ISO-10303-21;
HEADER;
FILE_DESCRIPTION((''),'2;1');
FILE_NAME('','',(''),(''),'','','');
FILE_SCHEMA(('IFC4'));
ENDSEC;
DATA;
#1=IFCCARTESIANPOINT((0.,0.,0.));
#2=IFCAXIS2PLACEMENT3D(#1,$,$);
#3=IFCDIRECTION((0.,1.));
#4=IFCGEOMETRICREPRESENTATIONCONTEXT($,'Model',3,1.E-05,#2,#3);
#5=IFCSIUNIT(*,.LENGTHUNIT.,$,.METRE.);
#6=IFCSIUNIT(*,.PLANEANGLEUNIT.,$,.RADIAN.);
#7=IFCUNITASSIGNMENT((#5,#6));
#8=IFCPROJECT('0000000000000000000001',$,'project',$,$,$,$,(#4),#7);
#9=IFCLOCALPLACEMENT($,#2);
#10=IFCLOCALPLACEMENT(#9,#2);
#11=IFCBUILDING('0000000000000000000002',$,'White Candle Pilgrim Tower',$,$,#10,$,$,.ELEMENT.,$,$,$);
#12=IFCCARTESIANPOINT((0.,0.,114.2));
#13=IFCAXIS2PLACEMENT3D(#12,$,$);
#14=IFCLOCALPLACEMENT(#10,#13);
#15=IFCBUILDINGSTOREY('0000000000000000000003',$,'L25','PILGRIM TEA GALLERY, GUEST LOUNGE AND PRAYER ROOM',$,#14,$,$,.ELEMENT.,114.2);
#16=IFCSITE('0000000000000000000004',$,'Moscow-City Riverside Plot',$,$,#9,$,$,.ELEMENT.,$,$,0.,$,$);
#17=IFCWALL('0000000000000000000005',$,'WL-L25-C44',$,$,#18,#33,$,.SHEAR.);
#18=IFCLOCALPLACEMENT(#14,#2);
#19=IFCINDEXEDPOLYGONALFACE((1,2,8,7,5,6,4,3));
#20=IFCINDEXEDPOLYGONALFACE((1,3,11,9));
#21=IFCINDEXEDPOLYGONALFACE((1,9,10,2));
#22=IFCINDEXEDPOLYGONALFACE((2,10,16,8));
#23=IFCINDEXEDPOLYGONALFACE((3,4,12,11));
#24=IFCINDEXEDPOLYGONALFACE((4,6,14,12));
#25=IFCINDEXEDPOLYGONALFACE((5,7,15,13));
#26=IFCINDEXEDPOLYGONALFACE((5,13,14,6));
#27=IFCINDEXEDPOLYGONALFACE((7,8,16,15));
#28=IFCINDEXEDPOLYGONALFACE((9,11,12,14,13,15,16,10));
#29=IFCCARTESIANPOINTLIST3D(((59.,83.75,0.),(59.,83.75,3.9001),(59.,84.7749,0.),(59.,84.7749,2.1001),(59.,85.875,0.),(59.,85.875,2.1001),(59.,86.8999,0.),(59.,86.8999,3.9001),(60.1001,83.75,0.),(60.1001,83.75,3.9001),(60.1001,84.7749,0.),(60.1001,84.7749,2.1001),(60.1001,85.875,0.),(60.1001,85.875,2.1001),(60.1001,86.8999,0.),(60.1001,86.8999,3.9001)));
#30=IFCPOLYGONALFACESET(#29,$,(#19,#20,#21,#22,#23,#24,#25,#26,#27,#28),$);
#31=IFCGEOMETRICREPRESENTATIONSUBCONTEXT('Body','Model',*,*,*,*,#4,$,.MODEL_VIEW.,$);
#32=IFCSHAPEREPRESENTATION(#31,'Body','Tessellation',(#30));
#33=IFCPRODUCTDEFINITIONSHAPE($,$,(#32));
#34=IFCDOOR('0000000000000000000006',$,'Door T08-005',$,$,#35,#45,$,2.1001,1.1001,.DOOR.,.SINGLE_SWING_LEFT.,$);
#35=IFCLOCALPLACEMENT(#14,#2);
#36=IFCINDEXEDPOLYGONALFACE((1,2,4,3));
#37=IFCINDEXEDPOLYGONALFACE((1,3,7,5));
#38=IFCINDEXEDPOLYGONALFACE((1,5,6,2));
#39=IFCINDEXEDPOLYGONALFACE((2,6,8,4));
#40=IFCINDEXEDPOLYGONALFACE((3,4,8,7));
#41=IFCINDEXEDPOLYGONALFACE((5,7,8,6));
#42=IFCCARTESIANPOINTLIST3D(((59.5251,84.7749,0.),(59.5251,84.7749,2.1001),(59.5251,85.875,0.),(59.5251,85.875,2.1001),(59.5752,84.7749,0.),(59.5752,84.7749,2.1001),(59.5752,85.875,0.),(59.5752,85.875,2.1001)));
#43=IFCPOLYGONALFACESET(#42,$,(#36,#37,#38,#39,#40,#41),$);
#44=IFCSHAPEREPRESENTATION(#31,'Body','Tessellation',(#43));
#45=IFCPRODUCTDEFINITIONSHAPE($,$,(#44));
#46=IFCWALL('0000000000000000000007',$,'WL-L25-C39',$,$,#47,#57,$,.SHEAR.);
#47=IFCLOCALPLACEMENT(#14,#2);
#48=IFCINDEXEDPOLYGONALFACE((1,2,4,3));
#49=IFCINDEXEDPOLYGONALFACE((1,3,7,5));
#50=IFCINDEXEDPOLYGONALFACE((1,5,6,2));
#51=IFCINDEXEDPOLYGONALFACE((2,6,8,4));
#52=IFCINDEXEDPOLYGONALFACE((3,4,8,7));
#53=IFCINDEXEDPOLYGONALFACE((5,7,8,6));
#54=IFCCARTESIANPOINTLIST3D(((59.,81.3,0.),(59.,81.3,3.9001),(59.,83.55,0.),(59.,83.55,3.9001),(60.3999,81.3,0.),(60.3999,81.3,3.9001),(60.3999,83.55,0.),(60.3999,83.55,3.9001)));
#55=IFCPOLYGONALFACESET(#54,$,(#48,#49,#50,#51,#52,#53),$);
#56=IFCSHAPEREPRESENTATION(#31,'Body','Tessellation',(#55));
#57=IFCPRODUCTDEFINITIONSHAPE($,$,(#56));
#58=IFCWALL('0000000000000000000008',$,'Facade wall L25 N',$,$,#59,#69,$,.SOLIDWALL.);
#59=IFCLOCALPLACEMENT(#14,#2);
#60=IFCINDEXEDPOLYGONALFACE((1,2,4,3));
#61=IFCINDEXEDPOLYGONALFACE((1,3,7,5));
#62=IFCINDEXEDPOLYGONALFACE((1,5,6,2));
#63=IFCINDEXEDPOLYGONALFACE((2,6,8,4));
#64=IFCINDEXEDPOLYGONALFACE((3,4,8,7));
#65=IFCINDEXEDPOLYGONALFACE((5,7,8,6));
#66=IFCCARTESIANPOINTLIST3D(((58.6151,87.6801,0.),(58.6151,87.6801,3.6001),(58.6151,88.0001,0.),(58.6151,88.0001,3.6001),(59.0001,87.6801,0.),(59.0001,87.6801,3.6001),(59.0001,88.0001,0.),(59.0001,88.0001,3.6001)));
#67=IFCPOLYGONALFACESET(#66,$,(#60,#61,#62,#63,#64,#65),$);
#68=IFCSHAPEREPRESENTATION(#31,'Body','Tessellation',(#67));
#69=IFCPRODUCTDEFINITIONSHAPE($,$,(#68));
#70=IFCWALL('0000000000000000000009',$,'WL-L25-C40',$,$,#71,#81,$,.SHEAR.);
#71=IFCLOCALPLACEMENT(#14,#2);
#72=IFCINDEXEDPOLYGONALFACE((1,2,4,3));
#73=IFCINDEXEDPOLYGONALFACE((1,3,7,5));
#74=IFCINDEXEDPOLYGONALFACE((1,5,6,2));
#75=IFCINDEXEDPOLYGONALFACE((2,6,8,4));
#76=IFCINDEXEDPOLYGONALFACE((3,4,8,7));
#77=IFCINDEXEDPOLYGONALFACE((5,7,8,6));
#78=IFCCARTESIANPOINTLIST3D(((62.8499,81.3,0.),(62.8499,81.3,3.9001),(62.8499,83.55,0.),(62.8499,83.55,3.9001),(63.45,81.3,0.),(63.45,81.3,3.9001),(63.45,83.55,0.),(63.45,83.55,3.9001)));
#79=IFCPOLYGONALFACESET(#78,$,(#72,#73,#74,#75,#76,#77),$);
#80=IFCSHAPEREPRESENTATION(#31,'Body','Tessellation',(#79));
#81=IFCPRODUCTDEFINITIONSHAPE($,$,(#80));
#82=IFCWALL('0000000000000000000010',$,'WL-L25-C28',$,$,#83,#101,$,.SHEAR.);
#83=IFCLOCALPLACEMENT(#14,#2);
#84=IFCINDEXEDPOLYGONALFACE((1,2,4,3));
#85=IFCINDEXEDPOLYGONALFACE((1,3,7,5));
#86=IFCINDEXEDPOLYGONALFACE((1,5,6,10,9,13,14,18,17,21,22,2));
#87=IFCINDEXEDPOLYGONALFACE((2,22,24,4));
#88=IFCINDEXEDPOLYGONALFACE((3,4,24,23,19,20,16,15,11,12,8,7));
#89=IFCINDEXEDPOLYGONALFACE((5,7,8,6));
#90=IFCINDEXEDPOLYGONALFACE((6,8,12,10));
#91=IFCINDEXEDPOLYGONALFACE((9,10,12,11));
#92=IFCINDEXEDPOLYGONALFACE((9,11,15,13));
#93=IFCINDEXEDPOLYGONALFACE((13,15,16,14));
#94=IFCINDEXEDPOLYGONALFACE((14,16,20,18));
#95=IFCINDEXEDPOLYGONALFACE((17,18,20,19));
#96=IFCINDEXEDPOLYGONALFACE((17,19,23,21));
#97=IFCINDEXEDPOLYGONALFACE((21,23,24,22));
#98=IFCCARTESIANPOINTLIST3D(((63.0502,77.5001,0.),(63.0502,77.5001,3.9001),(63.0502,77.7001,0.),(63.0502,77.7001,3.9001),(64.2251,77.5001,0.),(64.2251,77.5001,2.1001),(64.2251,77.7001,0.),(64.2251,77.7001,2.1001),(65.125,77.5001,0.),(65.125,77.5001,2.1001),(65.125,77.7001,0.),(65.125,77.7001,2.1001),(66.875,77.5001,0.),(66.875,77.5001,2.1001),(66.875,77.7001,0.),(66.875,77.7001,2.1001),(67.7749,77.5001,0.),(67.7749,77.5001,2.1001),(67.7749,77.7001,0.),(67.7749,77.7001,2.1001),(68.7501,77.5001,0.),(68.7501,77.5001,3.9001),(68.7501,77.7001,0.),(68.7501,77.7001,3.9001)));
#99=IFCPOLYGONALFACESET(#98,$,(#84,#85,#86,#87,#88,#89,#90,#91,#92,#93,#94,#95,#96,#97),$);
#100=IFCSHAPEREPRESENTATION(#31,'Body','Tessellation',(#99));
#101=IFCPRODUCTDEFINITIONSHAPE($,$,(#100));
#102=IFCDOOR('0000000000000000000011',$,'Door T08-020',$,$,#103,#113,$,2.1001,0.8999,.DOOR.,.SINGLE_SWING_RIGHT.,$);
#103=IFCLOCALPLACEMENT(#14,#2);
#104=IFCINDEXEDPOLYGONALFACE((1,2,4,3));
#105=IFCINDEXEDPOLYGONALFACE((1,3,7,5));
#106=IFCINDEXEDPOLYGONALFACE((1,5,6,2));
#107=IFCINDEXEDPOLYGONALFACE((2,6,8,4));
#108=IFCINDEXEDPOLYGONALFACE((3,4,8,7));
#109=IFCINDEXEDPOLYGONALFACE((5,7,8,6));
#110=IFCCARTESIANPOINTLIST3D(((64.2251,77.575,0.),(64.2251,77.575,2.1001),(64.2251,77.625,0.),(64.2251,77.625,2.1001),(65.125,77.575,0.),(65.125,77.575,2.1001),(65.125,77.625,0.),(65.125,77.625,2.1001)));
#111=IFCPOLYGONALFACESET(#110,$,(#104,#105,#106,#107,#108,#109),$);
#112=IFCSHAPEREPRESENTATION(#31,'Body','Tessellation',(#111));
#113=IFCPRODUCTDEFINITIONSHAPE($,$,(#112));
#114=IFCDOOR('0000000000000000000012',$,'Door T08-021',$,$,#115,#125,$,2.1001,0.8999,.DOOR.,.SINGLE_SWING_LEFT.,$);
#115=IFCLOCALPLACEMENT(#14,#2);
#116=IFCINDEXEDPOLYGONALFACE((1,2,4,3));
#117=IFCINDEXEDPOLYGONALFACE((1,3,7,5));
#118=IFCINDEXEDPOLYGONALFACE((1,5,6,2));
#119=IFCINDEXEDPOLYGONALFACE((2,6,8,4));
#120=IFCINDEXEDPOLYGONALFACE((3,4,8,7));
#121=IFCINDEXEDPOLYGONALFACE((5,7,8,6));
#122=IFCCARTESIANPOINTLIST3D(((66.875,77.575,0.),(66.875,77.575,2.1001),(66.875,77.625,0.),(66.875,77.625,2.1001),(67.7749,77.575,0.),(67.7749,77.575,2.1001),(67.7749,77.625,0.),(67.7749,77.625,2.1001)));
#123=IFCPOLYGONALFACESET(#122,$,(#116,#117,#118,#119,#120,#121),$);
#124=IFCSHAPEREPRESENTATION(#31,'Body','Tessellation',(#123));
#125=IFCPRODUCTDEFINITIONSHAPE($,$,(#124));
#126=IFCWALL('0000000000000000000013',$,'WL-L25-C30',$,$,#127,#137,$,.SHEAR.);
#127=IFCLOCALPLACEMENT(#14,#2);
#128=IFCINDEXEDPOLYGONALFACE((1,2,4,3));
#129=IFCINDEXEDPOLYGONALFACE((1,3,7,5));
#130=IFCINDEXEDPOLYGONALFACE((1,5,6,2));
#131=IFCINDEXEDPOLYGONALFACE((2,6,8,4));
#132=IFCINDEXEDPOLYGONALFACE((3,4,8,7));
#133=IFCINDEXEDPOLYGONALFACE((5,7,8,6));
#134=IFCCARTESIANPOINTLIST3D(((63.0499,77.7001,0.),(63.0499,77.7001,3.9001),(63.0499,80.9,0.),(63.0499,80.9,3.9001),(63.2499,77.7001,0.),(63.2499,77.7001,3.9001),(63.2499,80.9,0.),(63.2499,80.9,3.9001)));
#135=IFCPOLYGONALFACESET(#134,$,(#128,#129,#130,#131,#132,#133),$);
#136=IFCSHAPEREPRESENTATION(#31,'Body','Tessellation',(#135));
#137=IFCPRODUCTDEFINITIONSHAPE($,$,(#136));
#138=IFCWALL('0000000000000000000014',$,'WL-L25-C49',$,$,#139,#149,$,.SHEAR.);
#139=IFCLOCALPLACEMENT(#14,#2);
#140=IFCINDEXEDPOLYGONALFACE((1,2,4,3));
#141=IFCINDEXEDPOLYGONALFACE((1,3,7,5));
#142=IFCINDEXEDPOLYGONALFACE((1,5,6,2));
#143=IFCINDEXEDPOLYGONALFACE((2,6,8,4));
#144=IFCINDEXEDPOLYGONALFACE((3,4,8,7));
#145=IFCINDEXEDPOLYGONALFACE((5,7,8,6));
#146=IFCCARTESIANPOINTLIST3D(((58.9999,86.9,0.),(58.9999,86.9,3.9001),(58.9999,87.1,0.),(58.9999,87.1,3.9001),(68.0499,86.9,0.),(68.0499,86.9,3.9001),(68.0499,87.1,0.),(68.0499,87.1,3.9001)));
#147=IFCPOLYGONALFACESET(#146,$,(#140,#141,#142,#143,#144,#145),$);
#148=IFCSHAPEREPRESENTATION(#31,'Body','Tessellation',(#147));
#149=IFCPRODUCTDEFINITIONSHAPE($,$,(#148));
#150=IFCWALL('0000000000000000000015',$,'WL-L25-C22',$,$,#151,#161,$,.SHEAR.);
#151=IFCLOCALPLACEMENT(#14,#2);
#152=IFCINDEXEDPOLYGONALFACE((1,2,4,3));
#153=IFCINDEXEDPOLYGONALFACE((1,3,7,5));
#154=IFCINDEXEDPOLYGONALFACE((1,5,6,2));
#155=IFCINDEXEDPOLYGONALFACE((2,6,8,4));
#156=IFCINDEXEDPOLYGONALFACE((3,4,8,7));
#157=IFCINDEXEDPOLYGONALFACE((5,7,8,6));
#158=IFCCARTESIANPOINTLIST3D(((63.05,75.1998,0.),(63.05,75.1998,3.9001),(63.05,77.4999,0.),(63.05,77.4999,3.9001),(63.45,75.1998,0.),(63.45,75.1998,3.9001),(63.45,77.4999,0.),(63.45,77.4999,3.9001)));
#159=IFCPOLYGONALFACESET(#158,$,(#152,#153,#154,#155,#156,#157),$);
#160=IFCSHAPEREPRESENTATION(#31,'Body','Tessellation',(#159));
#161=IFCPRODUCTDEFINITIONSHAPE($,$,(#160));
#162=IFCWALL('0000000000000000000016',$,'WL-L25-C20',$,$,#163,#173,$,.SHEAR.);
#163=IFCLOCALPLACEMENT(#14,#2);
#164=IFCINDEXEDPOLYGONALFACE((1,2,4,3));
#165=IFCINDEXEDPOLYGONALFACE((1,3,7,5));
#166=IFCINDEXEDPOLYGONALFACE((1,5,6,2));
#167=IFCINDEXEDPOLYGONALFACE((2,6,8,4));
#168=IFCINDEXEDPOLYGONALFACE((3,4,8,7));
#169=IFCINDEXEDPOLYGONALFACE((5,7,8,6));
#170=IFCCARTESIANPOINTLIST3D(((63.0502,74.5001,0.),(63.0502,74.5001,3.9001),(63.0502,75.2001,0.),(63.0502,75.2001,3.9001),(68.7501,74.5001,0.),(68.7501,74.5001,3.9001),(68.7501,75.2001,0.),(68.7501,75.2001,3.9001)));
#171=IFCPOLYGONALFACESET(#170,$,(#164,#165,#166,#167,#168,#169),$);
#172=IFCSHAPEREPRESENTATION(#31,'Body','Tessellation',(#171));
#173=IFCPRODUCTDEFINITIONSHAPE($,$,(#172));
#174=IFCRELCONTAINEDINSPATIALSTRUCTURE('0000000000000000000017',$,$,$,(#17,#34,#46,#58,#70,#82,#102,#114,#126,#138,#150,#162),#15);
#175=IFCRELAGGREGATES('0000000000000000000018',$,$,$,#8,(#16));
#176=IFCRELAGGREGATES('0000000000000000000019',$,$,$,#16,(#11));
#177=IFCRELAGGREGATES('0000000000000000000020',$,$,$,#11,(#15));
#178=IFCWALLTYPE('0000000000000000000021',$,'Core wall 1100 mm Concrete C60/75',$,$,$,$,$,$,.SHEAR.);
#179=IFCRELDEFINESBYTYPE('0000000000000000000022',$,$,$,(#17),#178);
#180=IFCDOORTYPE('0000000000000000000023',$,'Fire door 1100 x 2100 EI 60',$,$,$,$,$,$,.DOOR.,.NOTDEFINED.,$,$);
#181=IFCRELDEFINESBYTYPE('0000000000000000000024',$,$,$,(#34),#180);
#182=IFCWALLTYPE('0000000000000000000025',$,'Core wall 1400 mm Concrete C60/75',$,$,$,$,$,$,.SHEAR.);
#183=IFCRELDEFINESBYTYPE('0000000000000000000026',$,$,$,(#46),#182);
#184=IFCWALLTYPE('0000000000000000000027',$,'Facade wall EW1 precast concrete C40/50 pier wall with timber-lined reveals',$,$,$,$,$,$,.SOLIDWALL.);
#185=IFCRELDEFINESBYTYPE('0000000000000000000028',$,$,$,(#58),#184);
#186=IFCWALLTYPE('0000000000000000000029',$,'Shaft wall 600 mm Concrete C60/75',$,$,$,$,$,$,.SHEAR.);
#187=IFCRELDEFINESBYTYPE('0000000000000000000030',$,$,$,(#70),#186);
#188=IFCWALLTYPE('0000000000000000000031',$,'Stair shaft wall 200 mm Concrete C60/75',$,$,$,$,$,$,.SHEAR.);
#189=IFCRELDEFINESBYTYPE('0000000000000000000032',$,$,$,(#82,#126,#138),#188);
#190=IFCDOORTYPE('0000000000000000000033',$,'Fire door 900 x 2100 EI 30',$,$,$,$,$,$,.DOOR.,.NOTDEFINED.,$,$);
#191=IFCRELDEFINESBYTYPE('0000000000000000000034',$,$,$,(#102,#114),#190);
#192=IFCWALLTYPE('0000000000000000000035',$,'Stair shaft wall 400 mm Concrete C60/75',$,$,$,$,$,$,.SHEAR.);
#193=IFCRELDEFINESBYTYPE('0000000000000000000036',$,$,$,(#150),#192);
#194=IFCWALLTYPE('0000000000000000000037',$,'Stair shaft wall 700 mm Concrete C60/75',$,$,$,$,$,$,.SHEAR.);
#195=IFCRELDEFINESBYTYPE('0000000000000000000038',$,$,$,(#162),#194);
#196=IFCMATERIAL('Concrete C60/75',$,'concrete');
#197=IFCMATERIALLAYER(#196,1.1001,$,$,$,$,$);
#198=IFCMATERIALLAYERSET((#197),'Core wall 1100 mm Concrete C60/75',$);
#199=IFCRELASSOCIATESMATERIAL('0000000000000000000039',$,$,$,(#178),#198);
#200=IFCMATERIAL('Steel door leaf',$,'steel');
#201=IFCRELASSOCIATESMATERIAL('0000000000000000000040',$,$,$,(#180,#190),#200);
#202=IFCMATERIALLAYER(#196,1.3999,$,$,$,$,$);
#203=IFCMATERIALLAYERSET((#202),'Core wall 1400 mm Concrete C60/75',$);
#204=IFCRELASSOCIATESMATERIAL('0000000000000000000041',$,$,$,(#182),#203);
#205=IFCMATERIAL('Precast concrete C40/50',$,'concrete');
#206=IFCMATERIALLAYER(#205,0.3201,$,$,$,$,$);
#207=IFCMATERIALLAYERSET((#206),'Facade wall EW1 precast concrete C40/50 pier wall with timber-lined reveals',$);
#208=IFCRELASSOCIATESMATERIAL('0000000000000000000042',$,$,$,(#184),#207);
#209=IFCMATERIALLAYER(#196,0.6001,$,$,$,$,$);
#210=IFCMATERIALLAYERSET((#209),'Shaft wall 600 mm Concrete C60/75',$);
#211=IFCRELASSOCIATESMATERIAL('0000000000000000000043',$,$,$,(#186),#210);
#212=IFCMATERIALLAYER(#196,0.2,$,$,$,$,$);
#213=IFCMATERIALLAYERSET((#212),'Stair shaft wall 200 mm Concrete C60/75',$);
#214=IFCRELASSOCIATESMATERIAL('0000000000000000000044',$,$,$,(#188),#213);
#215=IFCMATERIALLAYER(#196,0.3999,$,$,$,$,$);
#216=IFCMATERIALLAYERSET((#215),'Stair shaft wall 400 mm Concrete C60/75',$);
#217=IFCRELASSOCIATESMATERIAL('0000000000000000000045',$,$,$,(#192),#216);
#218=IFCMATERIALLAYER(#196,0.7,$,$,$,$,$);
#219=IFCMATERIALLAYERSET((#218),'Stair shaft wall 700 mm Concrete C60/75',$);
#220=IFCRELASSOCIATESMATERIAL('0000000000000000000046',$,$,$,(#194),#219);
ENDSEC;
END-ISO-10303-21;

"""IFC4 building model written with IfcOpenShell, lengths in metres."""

from ifc_helpers import new_model, si_unit, direction, frame, frame_2d, origin, place, context, subcontext, project, spatial, rectangle, extrude, material, layer, layer_set, type_object, element, fill, save


model = new_model("IFC4")

# Units and contexts
model_context = context("Model", 3, precision=1e-05, world=origin(), true_north=direction((0.0, 1.0)))
body_context = subcontext(model_context, "Body", "Model", "MODEL_VIEW")
ifc_project = project(units=[si_unit("LENGTHUNIT", "METRE"), si_unit("PLANEANGLEUNIT", "RADIAN")], contexts=[model_context])

# Site, building, storey
site_placement = place(None, origin())
site = spatial("IfcSite", under=ifc_project, at=site_placement, Name="Moscow-City Riverside Plot", CompositionType="ELEMENT", RefElevation=0.0)
building_placement = place(site_placement, origin())
building = spatial("IfcBuilding", under=site, at=building_placement, Name="White Candle Pilgrim Tower", CompositionType="ELEMENT")
storey_placement = place(building_placement, frame((0.0, 0.0, 114.2)))
storey = spatial("IfcBuildingStorey", under=building, at=storey_placement, Name="L25", Description="PILGRIM TEA GALLERY, GUEST LOUNGE AND PRAYER ROOM", CompositionType="ELEMENT", Elevation=114.2)

# Wall, opening, door
ifc_material_1 = material(Name="Concrete C60/75", Category="concrete")
ifc_layer_1 = layer(ifc_material_1, 1.1001)
ifc_layer_set_1 = layer_set([ifc_layer_1], Name="Core wall 1100 mm Concrete C60/75")
wall_type_1 = type_object("IfcWallType", Name="Core wall 1100 mm Concrete C60/75", PredefinedType="SHEAR", material=ifc_layer_set_1)
wall_1_placement = place(storey_placement, frame((59.55, 83.75, 0.0), z_axis=(0.0, 0.0, 1.0), x_axis=(0.0, 1.0, 0.0)))
wall_1 = element("IfcWall", 1, at=wall_1_placement, inside=storey, type_object=wall_type_1, Name="WL-L25-C44", PredefinedType="SHEAR", context=body_context, shape_type="SweptSolid", body=[
    extrude(rectangle(XDim=3.1499, YDim=1.1001, at=frame_2d((1.575, 0.0))), origin(), (0.0, 0.0, 1.0), 3.9001),
])
opening_1_placement = place(wall_1_placement, frame((1.0249, 0.0, 0.0)))
opening_1 = element("IfcOpeningElement", 2, at=opening_1_placement, cuts=wall_1, PredefinedType="OPENING", context=body_context, shape_type="SweptSolid", body=[
    extrude(rectangle(XDim=1.1001, YDim=2.1001, at=frame_2d((0.55, 1.05))), frame((0.0, 0.5601, 0.0), z_axis=(0.0, -1.0, 0.0), x_axis=(1.0, 0.0, 0.0)), (0.0, 0.0, 1.0), 1.1201),
])
ifc_material_2 = material(Name="Steel door leaf", Category="steel")
door_type_1 = type_object("IfcDoorType", Name="Fire door 1100 x 2100 EI 60", OperationType="NOTDEFINED", PredefinedType="DOOR", material=ifc_material_2)
door_1_placement = place(opening_1_placement, origin())
door_1 = element("IfcDoor", 3, at=door_1_placement, inside=storey, type_object=door_type_1, Name="Door T08-005", OperationType="SINGLE_SWING_LEFT", OverallHeight=2.1001, OverallWidth=1.1001, PredefinedType="DOOR", context=body_context, shape_type="SweptSolid", body=[
    extrude(rectangle(XDim=1.1001, YDim=2.1001, at=frame_2d((0.55, 1.05))), frame((0.0, 0.0249, 0.0), z_axis=(0.0, -1.0, 0.0), x_axis=(1.0, 0.0, 0.0)), (0.0, 0.0, 1.0), 0.05),
])
fill(opening_1, door_1)

# Walls
ifc_layer_2 = layer(ifc_material_1, 1.3999)
ifc_layer_set_2 = layer_set([ifc_layer_2], Name="Core wall 1400 mm Concrete C60/75")
wall_type_2 = type_object("IfcWallType", Name="Core wall 1400 mm Concrete C60/75", PredefinedType="SHEAR", material=ifc_layer_set_2)
wall_2_placement = place(storey_placement, frame((59.7, 81.3, 0.0), z_axis=(0.0, 0.0, 1.0), x_axis=(0.0, 1.0, 0.0)))
element("IfcWall", 4, at=wall_2_placement, inside=storey, type_object=wall_type_2, Name="WL-L25-C39", PredefinedType="SHEAR", context=body_context, shape_type="SweptSolid", body=[
    extrude(rectangle(XDim=2.25, YDim=1.3999, at=frame_2d((1.125, 0.0))), origin(), (0.0, 0.0, 1.0), 3.9001),
])
ifc_material_3 = material(Name="Precast concrete C40/50", Category="concrete")
ifc_layer_3 = layer(ifc_material_3, 0.3201)
ifc_layer_set_3 = layer_set([ifc_layer_3], Name="Facade wall EW1 precast concrete C40/50 pier wall with timber-lined reveals")
wall_type_3 = type_object("IfcWallType", Name="Facade wall EW1 precast concrete C40/50 pier wall with timber-lined reveals", PredefinedType="SOLIDWALL", material=ifc_layer_set_3)
wall_3_placement = place(storey_placement, frame((59.0, 87.8401, 0.0), z_axis=(0.0, 0.0, 1.0), x_axis=(-1.0, 0.0, 0.0)))
element("IfcWall", 5, at=wall_3_placement, inside=storey, type_object=wall_type_3, Name="Facade wall L25 N", PredefinedType="SOLIDWALL", context=body_context, shape_type="SweptSolid", body=[
    extrude(rectangle(XDim=0.385, YDim=0.3201, at=frame_2d((0.1924, 0.0))), origin(), (0.0, 0.0, 1.0), 3.6001),
])
ifc_layer_4 = layer(ifc_material_1, 0.6001)
ifc_layer_set_4 = layer_set([ifc_layer_4], Name="Shaft wall 600 mm Concrete C60/75")
wall_type_4 = type_object("IfcWallType", Name="Shaft wall 600 mm Concrete C60/75", PredefinedType="SHEAR", material=ifc_layer_set_4)
wall_4_placement = place(storey_placement, frame((63.1499, 81.3, 0.0), z_axis=(0.0, 0.0, 1.0), x_axis=(0.0, 1.0, 0.0)))
element("IfcWall", 6, at=wall_4_placement, inside=storey, type_object=wall_type_4, Name="WL-L25-C40", PredefinedType="SHEAR", context=body_context, shape_type="SweptSolid", body=[
    extrude(rectangle(XDim=2.25, YDim=0.6001, at=frame_2d((1.125, 0.0))), origin(), (0.0, 0.0, 1.0), 3.9001),
])

# Wall, openings, doors
ifc_layer_5 = layer(ifc_material_1, 0.2)
ifc_layer_set_5 = layer_set([ifc_layer_5], Name="Stair shaft wall 200 mm Concrete C60/75")
wall_type_5 = type_object("IfcWallType", Name="Stair shaft wall 200 mm Concrete C60/75", PredefinedType="SHEAR", material=ifc_layer_set_5)
wall_5_placement = place(storey_placement, frame((63.05, 77.6001, 0.0), z_axis=(0.0, 0.0, 1.0), x_axis=(1.0, 0.0, 0.0)))
wall_5 = element("IfcWall", 7, at=wall_5_placement, inside=storey, type_object=wall_type_5, Name="WL-L25-C28", PredefinedType="SHEAR", context=body_context, shape_type="SweptSolid", body=[
    extrude(rectangle(XDim=5.7, YDim=0.2, at=frame_2d((2.8501, 0.0))), origin(), (0.0, 0.0, 1.0), 3.9001),
])
opening_2_placement = place(wall_5_placement, frame((1.175, 0.0, 0.0)))
opening_2 = element("IfcOpeningElement", 8, at=opening_2_placement, cuts=wall_5, PredefinedType="OPENING", context=body_context, shape_type="SweptSolid", body=[
    extrude(rectangle(XDim=0.8999, YDim=2.1001, at=frame_2d((0.45, 1.05))), frame((0.0, 0.1099, 0.0), z_axis=(0.0, -1.0, 0.0), x_axis=(1.0, 0.0, 0.0)), (0.0, 0.0, 1.0), 0.22),
])
opening_3_placement = place(wall_5_placement, frame((3.825, 0.0, 0.0)))
opening_3 = element("IfcOpeningElement", 9, at=opening_3_placement, cuts=wall_5, PredefinedType="OPENING", context=body_context, shape_type="SweptSolid", body=[
    extrude(rectangle(XDim=0.8999, YDim=2.1001, at=frame_2d((0.45, 1.05))), frame((0.0, 0.1099, 0.0), z_axis=(0.0, -1.0, 0.0), x_axis=(1.0, 0.0, 0.0)), (0.0, 0.0, 1.0), 0.22),
])
door_type_2 = type_object("IfcDoorType", Name="Fire door 900 x 2100 EI 30", OperationType="NOTDEFINED", PredefinedType="DOOR", material=ifc_material_2)
door_2_placement = place(opening_2_placement, origin())
door_2 = element("IfcDoor", 10, at=door_2_placement, inside=storey, type_object=door_type_2, Name="Door T08-020", OperationType="SINGLE_SWING_RIGHT", OverallHeight=2.1001, OverallWidth=0.8999, PredefinedType="DOOR", context=body_context, shape_type="SweptSolid", body=[
    extrude(rectangle(XDim=0.8999, YDim=2.1001, at=frame_2d((0.45, 1.05))), frame((0.0, 0.0249, 0.0), z_axis=(0.0, -1.0, 0.0), x_axis=(1.0, 0.0, 0.0)), (0.0, 0.0, 1.0), 0.05),
])
fill(opening_2, door_2)
door_3_placement = place(opening_3_placement, origin())
door_3 = element("IfcDoor", 11, at=door_3_placement, inside=storey, type_object=door_type_2, Name="Door T08-021", OperationType="SINGLE_SWING_LEFT", OverallHeight=2.1001, OverallWidth=0.8999, PredefinedType="DOOR", context=body_context, shape_type="SweptSolid", body=[
    extrude(rectangle(XDim=0.8999, YDim=2.1001, at=frame_2d((0.45, 1.05))), frame((0.0, 0.0249, 0.0), z_axis=(0.0, -1.0, 0.0), x_axis=(1.0, 0.0, 0.0)), (0.0, 0.0, 1.0), 0.05),
])
fill(opening_3, door_3)

# Walls
wall_6_placement = place(storey_placement, frame((63.1499, 77.7, 0.0), z_axis=(0.0, 0.0, 1.0), x_axis=(0.0, 1.0, 0.0)))
element("IfcWall", 12, at=wall_6_placement, inside=storey, type_object=wall_type_5, Name="WL-L25-C30", PredefinedType="SHEAR", context=body_context, shape_type="SweptSolid", body=[
    extrude(rectangle(XDim=3.2, YDim=0.2, at=frame_2d((1.6001, 0.0))), origin(), (0.0, 0.0, 1.0), 3.9001),
])
wall_7_placement = place(storey_placement, frame((59.0, 87.0, 0.0), z_axis=(0.0, 0.0, 1.0), x_axis=(1.0, 0.0, 0.0)))
element("IfcWall", 13, at=wall_7_placement, inside=storey, type_object=wall_type_5, Name="WL-L25-C49", PredefinedType="SHEAR", context=body_context, shape_type="SweptSolid", body=[
    extrude(rectangle(XDim=9.05, YDim=0.2, at=frame_2d((4.5249, 0.0))), origin(), (0.0, 0.0, 1.0), 3.9001),
])
ifc_layer_6 = layer(ifc_material_1, 0.3999)
ifc_layer_set_6 = layer_set([ifc_layer_6], Name="Stair shaft wall 400 mm Concrete C60/75")
wall_type_6 = type_object("IfcWallType", Name="Stair shaft wall 400 mm Concrete C60/75", PredefinedType="SHEAR", material=ifc_layer_set_6)
wall_8_placement = place(storey_placement, frame((63.25, 75.2, 0.0), z_axis=(0.0, 0.0, 1.0), x_axis=(0.0, 1.0, 0.0)))
element("IfcWall", 14, at=wall_8_placement, inside=storey, type_object=wall_type_6, Name="WL-L25-C22", PredefinedType="SHEAR", context=body_context, shape_type="SweptSolid", body=[
    extrude(rectangle(XDim=2.3, YDim=0.3999, at=frame_2d((1.1499, 0.0))), origin(), (0.0, 0.0, 1.0), 3.9001),
])
ifc_layer_7 = layer(ifc_material_1, 0.7)
ifc_layer_set_7 = layer_set([ifc_layer_7], Name="Stair shaft wall 700 mm Concrete C60/75")
wall_type_7 = type_object("IfcWallType", Name="Stair shaft wall 700 mm Concrete C60/75", PredefinedType="SHEAR", material=ifc_layer_set_7)
wall_9_placement = place(storey_placement, frame((63.05, 74.8501, 0.0), z_axis=(0.0, 0.0, 1.0), x_axis=(1.0, 0.0, 0.0)))
element("IfcWall", 15, at=wall_9_placement, inside=storey, type_object=wall_type_7, Name="WL-L25-C20", PredefinedType="SHEAR", context=body_context, shape_type="SweptSolid", body=[
    extrude(rectangle(XDim=5.7, YDim=0.7, at=frame_2d((2.8501, 0.0))), origin(), (0.0, 0.0, 1.0), 3.9001),
])

save(model, "model.ifc")
